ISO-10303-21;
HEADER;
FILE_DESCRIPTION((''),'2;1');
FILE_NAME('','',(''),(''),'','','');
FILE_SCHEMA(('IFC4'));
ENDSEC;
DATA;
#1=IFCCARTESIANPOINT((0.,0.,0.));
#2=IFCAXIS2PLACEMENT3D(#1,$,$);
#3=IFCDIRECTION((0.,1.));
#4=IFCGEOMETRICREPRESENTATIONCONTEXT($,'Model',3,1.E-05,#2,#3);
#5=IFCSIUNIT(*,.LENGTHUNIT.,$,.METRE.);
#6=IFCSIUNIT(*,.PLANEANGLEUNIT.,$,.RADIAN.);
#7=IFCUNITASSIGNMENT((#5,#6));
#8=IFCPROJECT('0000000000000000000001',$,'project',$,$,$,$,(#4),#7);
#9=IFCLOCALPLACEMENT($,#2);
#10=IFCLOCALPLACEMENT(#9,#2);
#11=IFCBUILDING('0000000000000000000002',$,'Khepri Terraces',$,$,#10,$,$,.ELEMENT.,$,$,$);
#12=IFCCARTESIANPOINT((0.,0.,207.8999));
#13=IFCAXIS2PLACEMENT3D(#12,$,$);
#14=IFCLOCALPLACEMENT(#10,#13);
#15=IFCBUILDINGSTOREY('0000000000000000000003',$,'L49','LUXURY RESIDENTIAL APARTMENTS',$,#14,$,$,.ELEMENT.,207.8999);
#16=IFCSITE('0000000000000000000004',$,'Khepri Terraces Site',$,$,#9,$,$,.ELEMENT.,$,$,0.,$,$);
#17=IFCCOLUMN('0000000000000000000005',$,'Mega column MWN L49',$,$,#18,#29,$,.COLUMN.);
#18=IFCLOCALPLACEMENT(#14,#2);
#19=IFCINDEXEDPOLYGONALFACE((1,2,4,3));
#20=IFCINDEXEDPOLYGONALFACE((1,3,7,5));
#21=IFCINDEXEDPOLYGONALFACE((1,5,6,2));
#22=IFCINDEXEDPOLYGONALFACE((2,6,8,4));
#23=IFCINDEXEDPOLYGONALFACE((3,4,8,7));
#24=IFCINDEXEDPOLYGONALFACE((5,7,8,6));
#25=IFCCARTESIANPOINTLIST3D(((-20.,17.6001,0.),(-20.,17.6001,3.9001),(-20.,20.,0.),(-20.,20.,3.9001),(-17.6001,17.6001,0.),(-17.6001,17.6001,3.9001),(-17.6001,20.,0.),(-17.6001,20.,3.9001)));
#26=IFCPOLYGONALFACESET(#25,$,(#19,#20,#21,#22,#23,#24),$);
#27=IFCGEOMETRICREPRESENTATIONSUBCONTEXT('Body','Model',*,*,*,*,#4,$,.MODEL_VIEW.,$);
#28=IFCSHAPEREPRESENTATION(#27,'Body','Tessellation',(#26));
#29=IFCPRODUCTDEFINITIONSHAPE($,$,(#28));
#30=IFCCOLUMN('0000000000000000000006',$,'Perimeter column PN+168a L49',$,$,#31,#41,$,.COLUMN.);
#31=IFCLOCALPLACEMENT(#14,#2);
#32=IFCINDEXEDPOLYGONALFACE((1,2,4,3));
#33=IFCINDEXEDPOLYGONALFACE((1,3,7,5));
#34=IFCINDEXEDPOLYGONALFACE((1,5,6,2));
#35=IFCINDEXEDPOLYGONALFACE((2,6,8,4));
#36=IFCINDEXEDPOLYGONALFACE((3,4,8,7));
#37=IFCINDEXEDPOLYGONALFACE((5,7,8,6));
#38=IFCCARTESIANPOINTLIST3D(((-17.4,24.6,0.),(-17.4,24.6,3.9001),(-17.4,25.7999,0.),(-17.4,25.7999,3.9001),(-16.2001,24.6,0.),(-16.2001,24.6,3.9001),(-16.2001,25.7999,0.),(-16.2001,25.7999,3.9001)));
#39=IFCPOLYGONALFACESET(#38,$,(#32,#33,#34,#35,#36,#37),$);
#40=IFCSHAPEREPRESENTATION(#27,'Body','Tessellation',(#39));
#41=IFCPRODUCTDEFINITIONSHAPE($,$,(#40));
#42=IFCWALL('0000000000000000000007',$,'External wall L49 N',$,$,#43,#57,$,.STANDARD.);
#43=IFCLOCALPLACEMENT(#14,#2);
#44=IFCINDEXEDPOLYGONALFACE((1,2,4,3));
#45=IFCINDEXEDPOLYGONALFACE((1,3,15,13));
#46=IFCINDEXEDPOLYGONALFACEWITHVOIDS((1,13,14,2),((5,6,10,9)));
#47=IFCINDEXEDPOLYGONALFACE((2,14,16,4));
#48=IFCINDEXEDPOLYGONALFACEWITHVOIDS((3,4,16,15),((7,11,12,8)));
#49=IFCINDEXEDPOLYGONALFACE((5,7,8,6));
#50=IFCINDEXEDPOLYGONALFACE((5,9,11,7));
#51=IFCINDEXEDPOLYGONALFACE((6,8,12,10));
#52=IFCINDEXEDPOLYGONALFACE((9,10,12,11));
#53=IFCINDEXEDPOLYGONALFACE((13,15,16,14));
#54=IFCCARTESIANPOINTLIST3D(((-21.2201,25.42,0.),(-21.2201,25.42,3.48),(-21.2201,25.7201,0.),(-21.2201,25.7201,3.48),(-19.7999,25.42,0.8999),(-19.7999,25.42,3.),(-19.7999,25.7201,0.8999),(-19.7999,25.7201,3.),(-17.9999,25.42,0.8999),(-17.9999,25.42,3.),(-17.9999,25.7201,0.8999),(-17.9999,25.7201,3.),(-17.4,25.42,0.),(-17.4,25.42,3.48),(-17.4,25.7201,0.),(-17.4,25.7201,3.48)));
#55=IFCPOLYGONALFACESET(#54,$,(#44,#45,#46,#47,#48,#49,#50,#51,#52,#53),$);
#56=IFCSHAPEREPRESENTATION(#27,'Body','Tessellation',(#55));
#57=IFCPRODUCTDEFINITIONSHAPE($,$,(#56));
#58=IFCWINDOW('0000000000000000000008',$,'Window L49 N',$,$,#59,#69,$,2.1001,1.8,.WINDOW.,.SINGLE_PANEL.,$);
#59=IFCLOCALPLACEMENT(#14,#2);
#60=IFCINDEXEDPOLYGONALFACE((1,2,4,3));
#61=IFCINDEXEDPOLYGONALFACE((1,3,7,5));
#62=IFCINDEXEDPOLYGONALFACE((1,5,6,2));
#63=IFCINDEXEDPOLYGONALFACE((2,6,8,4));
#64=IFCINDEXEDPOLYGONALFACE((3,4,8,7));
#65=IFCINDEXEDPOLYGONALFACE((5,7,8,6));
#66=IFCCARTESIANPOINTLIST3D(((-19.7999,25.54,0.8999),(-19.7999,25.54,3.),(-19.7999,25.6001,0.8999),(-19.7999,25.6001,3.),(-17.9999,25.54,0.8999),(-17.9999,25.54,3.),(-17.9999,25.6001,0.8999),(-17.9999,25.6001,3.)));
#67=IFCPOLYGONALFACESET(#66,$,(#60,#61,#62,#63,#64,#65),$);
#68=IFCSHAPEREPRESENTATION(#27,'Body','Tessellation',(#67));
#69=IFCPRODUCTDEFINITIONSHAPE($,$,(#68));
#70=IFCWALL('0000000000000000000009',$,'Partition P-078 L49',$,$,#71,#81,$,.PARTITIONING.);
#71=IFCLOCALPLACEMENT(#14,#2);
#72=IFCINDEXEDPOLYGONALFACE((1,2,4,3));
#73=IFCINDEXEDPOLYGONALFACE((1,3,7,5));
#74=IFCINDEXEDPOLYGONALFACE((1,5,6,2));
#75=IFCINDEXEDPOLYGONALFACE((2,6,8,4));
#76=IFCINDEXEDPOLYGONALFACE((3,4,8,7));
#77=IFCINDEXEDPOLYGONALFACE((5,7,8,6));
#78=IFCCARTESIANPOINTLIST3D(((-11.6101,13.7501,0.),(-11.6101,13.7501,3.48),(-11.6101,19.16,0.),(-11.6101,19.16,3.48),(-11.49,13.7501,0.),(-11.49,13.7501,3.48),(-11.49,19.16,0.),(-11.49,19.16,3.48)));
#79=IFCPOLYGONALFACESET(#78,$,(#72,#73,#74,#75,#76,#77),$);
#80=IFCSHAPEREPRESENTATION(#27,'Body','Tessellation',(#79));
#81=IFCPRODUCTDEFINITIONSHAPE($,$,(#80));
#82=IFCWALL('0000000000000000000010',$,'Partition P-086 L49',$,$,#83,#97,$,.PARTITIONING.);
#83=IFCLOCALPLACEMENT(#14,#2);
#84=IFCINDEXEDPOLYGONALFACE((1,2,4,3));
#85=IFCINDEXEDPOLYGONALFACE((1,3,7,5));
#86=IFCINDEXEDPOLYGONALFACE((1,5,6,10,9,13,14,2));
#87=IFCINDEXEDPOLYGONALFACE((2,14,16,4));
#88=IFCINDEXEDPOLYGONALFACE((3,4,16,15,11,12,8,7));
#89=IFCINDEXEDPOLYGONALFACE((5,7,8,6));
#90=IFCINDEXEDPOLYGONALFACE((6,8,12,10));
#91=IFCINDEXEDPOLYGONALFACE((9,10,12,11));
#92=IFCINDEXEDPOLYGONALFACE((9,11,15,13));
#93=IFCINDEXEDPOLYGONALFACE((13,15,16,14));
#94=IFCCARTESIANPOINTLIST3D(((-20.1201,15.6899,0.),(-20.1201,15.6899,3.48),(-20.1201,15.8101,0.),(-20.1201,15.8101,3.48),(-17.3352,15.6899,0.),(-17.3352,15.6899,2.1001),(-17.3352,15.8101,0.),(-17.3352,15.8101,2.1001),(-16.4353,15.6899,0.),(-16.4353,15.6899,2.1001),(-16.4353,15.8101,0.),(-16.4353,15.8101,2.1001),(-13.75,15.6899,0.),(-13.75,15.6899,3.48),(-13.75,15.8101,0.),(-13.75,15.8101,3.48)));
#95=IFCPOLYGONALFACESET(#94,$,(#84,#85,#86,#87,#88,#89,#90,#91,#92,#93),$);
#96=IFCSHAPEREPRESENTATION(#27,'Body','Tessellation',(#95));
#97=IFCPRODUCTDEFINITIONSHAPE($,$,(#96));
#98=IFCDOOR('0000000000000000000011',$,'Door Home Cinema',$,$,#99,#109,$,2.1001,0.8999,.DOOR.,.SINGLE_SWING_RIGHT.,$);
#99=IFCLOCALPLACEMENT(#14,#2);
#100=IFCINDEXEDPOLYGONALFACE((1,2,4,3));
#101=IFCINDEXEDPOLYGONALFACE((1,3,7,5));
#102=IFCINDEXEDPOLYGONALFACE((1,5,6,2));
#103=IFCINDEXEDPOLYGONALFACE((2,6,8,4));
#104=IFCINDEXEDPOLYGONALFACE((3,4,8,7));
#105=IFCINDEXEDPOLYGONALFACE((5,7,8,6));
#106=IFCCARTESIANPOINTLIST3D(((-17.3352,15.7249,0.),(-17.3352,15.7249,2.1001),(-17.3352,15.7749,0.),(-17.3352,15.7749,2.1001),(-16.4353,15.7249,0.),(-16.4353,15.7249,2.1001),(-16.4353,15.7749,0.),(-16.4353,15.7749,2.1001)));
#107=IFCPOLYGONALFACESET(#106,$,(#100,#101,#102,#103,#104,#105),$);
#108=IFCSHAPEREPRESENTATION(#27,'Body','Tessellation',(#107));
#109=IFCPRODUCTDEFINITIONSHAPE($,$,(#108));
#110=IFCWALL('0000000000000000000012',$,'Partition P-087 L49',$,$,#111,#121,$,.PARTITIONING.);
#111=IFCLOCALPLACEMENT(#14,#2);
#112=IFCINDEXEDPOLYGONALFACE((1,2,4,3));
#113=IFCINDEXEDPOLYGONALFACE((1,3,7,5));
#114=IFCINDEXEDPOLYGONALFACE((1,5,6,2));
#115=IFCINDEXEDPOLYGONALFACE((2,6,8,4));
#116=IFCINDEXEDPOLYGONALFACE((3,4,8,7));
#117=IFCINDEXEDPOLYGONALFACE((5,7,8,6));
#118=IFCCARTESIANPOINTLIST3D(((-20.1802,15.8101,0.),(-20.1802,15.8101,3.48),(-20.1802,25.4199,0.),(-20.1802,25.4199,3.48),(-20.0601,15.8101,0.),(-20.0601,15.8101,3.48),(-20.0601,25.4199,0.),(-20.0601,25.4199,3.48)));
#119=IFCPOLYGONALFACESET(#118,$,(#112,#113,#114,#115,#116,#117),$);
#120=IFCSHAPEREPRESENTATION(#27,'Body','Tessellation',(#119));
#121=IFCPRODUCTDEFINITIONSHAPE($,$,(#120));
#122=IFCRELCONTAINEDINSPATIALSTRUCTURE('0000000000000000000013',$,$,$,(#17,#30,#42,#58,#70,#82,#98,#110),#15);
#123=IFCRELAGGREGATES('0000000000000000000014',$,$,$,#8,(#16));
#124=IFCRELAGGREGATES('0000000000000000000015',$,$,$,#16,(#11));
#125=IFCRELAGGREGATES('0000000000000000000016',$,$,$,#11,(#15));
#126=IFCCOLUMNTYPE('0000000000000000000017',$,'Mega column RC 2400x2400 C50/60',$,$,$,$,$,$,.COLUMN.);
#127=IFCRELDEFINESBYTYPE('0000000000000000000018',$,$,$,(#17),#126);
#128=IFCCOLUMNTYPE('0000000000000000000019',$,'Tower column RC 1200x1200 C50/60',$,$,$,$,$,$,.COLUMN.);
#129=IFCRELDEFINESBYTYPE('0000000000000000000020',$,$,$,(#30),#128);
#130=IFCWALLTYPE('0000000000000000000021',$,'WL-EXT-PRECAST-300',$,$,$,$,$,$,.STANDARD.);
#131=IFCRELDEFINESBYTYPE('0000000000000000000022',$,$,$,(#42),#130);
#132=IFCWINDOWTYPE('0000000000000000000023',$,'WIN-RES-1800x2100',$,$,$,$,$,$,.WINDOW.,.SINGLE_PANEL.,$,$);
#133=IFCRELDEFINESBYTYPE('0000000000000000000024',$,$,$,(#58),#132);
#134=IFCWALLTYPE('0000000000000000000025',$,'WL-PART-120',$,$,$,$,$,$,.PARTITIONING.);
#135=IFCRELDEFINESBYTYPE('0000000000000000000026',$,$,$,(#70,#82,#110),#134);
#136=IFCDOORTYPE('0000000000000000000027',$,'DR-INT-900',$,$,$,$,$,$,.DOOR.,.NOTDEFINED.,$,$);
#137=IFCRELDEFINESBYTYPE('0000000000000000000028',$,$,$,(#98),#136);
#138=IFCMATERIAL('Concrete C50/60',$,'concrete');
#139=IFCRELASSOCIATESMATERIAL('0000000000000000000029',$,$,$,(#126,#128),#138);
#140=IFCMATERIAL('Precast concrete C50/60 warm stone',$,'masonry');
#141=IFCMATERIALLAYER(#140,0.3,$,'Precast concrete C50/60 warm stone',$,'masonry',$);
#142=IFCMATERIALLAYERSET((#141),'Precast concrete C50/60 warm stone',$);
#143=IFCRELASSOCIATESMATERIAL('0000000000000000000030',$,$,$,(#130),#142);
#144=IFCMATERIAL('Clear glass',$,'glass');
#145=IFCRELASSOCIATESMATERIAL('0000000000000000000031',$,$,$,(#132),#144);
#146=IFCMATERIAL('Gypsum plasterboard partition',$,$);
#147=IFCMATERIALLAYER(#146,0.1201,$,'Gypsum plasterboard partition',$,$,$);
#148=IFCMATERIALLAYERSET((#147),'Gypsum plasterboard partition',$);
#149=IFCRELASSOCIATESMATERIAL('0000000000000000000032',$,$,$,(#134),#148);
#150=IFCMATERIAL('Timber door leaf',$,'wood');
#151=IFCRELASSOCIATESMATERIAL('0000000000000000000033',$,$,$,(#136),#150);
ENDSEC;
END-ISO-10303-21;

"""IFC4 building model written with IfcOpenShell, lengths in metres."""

from ifc_helpers import new_model, si_unit, direction, frame, frame_2d, origin, origin_2d, place, context, subcontext, project, spatial, rectangle, extrude, material, layer, layer_set, material_profile, profile_set, type_object, element, fill, save


model = new_model("IFC4")

# Units and contexts
model_context = context("Model", 3, precision=1e-05, world=origin(), true_north=direction((0.0, 1.0)))
body_context = subcontext(model_context, "Body", "Model", "MODEL_VIEW")
ifc_project = project(units=[si_unit("LENGTHUNIT", "METRE"), si_unit("PLANEANGLEUNIT", "RADIAN")], contexts=[model_context])

# Site, building, storey
site_placement = place(None, origin())
site = spatial("IfcSite", under=ifc_project, at=site_placement, Name="Khepri Terraces Site", CompositionType="ELEMENT", RefElevation=0.0)
building_placement = place(site_placement, origin())
building = spatial("IfcBuilding", under=site, at=building_placement, Name="Khepri Terraces", CompositionType="ELEMENT")
storey_placement = place(building_placement, frame((0.0, 0.0, 207.8999)))
storey = spatial("IfcBuildingStorey", under=building, at=storey_placement, Name="L49", Description="LUXURY RESIDENTIAL APARTMENTS", CompositionType="ELEMENT", Elevation=207.8999)

# Columns
ifc_material_1 = material(Name="Concrete C50/60", Category="concrete")
ifc_material_profile_1 = material_profile(ifc_material_1, rectangle(XDim=2.3999, YDim=2.3999, at=origin_2d()), Name="Concrete C50/60", Category="concrete")
ifc_profile_set_1 = profile_set([ifc_material_profile_1], Name="Concrete C50/60")
column_type_1 = type_object("IfcColumnType", Name="Mega column RC 2400x2400 C50/60", PredefinedType="COLUMN", material=ifc_profile_set_1)
column_1_placement = place(storey_placement, frame((-18.8, 18.8, 0.0), z_axis=(0.0, 0.0, 1.0), x_axis=(1.0, 0.0, 0.0)))
element("IfcColumn", 1, at=column_1_placement, inside=storey, type_object=column_type_1, Name="Mega column MWN L49", PredefinedType="COLUMN", context=body_context, shape_type="SweptSolid", body=[
    extrude(rectangle(XDim=2.3999, YDim=2.3999, at=origin_2d()), origin(), (0.0, 0.0, 1.0), 3.9001),
])
ifc_material_profile_2 = material_profile(ifc_material_1, rectangle(XDim=1.2, YDim=1.2, at=origin_2d()), Name="Concrete C50/60", Category="concrete")
ifc_profile_set_2 = profile_set([ifc_material_profile_2], Name="Concrete C50/60")
column_type_2 = type_object("IfcColumnType", Name="Tower column RC 1200x1200 C50/60", PredefinedType="COLUMN", material=ifc_profile_set_2)
column_2_placement = place(storey_placement, frame((-16.8, 25.2, 0.0), z_axis=(0.0, 0.0, 1.0), x_axis=(1.0, 0.0, 0.0)))
element("IfcColumn", 2, at=column_2_placement, inside=storey, type_object=column_type_2, Name="Perimeter column PN+168a L49", PredefinedType="COLUMN", context=body_context, shape_type="SweptSolid", body=[
    extrude(rectangle(XDim=1.2, YDim=1.2, at=origin_2d()), origin(), (0.0, 0.0, 1.0), 3.9001),
])

# Wall, opening, window
ifc_material_2 = material(Name="Precast concrete C50/60 warm stone", Category="masonry")
ifc_layer_1 = layer(ifc_material_2, 0.3, Name="Precast concrete C50/60 warm stone", Category="masonry")
ifc_layer_set_1 = layer_set([ifc_layer_1], Name="Precast concrete C50/60 warm stone")
wall_type_1 = type_object("IfcWallType", Name="WL-EXT-PRECAST-300", PredefinedType="STANDARD", material=ifc_layer_set_1)
wall_1_placement = place(storey_placement, frame((-17.3999, 25.5701, 0.0), z_axis=(0.0, 0.0, 1.0), x_axis=(-1.0, 0.0, 0.0)))
wall_1 = element("IfcWall", 3, at=wall_1_placement, inside=storey, type_object=wall_type_1, Name="External wall L49 N", PredefinedType="STANDARD", context=body_context, shape_type="SweptSolid", body=[
    extrude(rectangle(XDim=3.8201, YDim=0.3, at=frame_2d((1.9102, 0.0))), origin(), (0.0, 0.0, 1.0), 3.48),
])
opening_1_placement = place(wall_1_placement, frame((0.6001, 0.0, 0.8999)))
opening_1 = element("IfcOpeningElement", 4, at=opening_1_placement, cuts=wall_1, PredefinedType="OPENING", context=body_context, shape_type="SweptSolid", body=[
    extrude(rectangle(XDim=1.8, YDim=2.1001, at=frame_2d((0.8999, 1.05))), frame((0.0, 0.1602, 0.0), z_axis=(0.0, -1.0, 0.0), x_axis=(1.0, 0.0, 0.0)), (0.0, 0.0, 1.0), 0.3201),
])
ifc_material_3 = material(Name="Clear glass", Category="glass")
window_type = type_object("IfcWindowType", Name="WIN-RES-1800x2100", PartitioningType="SINGLE_PANEL", PredefinedType="WINDOW", material=ifc_material_3)
window_placement = place(opening_1_placement, origin())
window = element("IfcWindow", 5, at=window_placement, inside=storey, type_object=window_type, Name="Window L49 N", OverallHeight=2.1001, OverallWidth=1.8, PartitioningType="SINGLE_PANEL", PredefinedType="WINDOW", context=body_context, shape_type="SweptSolid", body=[
    extrude(rectangle(XDim=1.8, YDim=2.1001, at=frame_2d((0.8999, 1.05))), frame((0.0, 0.03, 0.0), z_axis=(0.0, -1.0, 0.0), x_axis=(1.0, 0.0, 0.0)), (0.0, 0.0, 1.0), 0.0601),
])
fill(opening_1, window)

# Wall
ifc_material_4 = material(Name="Gypsum plasterboard partition")
ifc_layer_2 = layer(ifc_material_4, 0.1201, Name="Gypsum plasterboard partition")
ifc_layer_set_2 = layer_set([ifc_layer_2], Name="Gypsum plasterboard partition")
wall_type_2 = type_object("IfcWallType", Name="WL-PART-120", PredefinedType="PARTITIONING", material=ifc_layer_set_2)
wall_2_placement = place(storey_placement, frame((-11.55, 13.75, 0.0), z_axis=(0.0, 0.0, 1.0), x_axis=(0.0, 1.0, 0.0)))
element("IfcWall", 6, at=wall_2_placement, inside=storey, type_object=wall_type_2, Name="Partition P-078 L49", PredefinedType="PARTITIONING", context=body_context, shape_type="SweptSolid", body=[
    extrude(rectangle(XDim=5.4099, YDim=0.1201, at=frame_2d((2.7051, 0.0))), origin(), (0.0, 0.0, 1.0), 3.48),
])

# Wall, opening, door
wall_3_placement = place(storey_placement, frame((-20.1201, 15.75, 0.0), z_axis=(0.0, 0.0, 1.0), x_axis=(1.0, 0.0, 0.0)))
wall_3 = element("IfcWall", 7, at=wall_3_placement, inside=storey, type_object=wall_type_2, Name="Partition P-086 L49", PredefinedType="PARTITIONING", context=body_context, shape_type="SweptSolid", body=[
    extrude(rectangle(XDim=6.3701, YDim=0.1201, at=frame_2d((3.1851, 0.0))), origin(), (0.0, 0.0, 1.0), 3.48),
])
opening_2_placement = place(wall_3_placement, frame((2.7849, 0.0, 0.0)))
opening_2 = element("IfcOpeningElement", 8, at=opening_2_placement, cuts=wall_3, PredefinedType="OPENING", context=body_context, shape_type="SweptSolid", body=[
    extrude(rectangle(XDim=0.8999, YDim=2.1001, at=frame_2d((0.45, 1.05))), frame((0.0, 0.0701, 0.0), z_axis=(0.0, -1.0, 0.0), x_axis=(1.0, 0.0, 0.0)), (0.0, 0.0, 1.0), 0.1401),
])
ifc_material_5 = material(Name="Timber door leaf", Category="wood")
door_type_1 = type_object("IfcDoorType", Name="DR-INT-900", OperationType="NOTDEFINED", PredefinedType="DOOR", material=ifc_material_5)
door_1_placement = place(opening_2_placement, origin())
door_1 = element("IfcDoor", 9, at=door_1_placement, inside=storey, type_object=door_type_1, Name="Door Home Cinema", OperationType="SINGLE_SWING_RIGHT", OverallHeight=2.1001, OverallWidth=0.8999, PredefinedType="DOOR", context=body_context, shape_type="SweptSolid", body=[
    extrude(rectangle(XDim=0.8999, YDim=2.1001, at=frame_2d((0.45, 1.05))), frame((0.0, 0.0249, 0.0), z_axis=(0.0, -1.0, 0.0), x_axis=(1.0, 0.0, 0.0)), (0.0, 0.0, 1.0), 0.05),
])
fill(opening_2, door_1)

# Wall
wall_4_placement = place(storey_placement, frame((-20.1201, 15.8101, 0.0), z_axis=(0.0, 0.0, 1.0), x_axis=(0.0, 1.0, 0.0)))
element("IfcWall", 10, at=wall_4_placement, inside=storey, type_object=wall_type_2, Name="Partition P-087 L49", PredefinedType="PARTITIONING", context=body_context, shape_type="SweptSolid", body=[
    extrude(rectangle(XDim=9.6099, YDim=0.1201, at=frame_2d((4.8049, 0.0))), origin(), (0.0, 0.0, 1.0), 3.48),
])

save(model, "model.ifc")
